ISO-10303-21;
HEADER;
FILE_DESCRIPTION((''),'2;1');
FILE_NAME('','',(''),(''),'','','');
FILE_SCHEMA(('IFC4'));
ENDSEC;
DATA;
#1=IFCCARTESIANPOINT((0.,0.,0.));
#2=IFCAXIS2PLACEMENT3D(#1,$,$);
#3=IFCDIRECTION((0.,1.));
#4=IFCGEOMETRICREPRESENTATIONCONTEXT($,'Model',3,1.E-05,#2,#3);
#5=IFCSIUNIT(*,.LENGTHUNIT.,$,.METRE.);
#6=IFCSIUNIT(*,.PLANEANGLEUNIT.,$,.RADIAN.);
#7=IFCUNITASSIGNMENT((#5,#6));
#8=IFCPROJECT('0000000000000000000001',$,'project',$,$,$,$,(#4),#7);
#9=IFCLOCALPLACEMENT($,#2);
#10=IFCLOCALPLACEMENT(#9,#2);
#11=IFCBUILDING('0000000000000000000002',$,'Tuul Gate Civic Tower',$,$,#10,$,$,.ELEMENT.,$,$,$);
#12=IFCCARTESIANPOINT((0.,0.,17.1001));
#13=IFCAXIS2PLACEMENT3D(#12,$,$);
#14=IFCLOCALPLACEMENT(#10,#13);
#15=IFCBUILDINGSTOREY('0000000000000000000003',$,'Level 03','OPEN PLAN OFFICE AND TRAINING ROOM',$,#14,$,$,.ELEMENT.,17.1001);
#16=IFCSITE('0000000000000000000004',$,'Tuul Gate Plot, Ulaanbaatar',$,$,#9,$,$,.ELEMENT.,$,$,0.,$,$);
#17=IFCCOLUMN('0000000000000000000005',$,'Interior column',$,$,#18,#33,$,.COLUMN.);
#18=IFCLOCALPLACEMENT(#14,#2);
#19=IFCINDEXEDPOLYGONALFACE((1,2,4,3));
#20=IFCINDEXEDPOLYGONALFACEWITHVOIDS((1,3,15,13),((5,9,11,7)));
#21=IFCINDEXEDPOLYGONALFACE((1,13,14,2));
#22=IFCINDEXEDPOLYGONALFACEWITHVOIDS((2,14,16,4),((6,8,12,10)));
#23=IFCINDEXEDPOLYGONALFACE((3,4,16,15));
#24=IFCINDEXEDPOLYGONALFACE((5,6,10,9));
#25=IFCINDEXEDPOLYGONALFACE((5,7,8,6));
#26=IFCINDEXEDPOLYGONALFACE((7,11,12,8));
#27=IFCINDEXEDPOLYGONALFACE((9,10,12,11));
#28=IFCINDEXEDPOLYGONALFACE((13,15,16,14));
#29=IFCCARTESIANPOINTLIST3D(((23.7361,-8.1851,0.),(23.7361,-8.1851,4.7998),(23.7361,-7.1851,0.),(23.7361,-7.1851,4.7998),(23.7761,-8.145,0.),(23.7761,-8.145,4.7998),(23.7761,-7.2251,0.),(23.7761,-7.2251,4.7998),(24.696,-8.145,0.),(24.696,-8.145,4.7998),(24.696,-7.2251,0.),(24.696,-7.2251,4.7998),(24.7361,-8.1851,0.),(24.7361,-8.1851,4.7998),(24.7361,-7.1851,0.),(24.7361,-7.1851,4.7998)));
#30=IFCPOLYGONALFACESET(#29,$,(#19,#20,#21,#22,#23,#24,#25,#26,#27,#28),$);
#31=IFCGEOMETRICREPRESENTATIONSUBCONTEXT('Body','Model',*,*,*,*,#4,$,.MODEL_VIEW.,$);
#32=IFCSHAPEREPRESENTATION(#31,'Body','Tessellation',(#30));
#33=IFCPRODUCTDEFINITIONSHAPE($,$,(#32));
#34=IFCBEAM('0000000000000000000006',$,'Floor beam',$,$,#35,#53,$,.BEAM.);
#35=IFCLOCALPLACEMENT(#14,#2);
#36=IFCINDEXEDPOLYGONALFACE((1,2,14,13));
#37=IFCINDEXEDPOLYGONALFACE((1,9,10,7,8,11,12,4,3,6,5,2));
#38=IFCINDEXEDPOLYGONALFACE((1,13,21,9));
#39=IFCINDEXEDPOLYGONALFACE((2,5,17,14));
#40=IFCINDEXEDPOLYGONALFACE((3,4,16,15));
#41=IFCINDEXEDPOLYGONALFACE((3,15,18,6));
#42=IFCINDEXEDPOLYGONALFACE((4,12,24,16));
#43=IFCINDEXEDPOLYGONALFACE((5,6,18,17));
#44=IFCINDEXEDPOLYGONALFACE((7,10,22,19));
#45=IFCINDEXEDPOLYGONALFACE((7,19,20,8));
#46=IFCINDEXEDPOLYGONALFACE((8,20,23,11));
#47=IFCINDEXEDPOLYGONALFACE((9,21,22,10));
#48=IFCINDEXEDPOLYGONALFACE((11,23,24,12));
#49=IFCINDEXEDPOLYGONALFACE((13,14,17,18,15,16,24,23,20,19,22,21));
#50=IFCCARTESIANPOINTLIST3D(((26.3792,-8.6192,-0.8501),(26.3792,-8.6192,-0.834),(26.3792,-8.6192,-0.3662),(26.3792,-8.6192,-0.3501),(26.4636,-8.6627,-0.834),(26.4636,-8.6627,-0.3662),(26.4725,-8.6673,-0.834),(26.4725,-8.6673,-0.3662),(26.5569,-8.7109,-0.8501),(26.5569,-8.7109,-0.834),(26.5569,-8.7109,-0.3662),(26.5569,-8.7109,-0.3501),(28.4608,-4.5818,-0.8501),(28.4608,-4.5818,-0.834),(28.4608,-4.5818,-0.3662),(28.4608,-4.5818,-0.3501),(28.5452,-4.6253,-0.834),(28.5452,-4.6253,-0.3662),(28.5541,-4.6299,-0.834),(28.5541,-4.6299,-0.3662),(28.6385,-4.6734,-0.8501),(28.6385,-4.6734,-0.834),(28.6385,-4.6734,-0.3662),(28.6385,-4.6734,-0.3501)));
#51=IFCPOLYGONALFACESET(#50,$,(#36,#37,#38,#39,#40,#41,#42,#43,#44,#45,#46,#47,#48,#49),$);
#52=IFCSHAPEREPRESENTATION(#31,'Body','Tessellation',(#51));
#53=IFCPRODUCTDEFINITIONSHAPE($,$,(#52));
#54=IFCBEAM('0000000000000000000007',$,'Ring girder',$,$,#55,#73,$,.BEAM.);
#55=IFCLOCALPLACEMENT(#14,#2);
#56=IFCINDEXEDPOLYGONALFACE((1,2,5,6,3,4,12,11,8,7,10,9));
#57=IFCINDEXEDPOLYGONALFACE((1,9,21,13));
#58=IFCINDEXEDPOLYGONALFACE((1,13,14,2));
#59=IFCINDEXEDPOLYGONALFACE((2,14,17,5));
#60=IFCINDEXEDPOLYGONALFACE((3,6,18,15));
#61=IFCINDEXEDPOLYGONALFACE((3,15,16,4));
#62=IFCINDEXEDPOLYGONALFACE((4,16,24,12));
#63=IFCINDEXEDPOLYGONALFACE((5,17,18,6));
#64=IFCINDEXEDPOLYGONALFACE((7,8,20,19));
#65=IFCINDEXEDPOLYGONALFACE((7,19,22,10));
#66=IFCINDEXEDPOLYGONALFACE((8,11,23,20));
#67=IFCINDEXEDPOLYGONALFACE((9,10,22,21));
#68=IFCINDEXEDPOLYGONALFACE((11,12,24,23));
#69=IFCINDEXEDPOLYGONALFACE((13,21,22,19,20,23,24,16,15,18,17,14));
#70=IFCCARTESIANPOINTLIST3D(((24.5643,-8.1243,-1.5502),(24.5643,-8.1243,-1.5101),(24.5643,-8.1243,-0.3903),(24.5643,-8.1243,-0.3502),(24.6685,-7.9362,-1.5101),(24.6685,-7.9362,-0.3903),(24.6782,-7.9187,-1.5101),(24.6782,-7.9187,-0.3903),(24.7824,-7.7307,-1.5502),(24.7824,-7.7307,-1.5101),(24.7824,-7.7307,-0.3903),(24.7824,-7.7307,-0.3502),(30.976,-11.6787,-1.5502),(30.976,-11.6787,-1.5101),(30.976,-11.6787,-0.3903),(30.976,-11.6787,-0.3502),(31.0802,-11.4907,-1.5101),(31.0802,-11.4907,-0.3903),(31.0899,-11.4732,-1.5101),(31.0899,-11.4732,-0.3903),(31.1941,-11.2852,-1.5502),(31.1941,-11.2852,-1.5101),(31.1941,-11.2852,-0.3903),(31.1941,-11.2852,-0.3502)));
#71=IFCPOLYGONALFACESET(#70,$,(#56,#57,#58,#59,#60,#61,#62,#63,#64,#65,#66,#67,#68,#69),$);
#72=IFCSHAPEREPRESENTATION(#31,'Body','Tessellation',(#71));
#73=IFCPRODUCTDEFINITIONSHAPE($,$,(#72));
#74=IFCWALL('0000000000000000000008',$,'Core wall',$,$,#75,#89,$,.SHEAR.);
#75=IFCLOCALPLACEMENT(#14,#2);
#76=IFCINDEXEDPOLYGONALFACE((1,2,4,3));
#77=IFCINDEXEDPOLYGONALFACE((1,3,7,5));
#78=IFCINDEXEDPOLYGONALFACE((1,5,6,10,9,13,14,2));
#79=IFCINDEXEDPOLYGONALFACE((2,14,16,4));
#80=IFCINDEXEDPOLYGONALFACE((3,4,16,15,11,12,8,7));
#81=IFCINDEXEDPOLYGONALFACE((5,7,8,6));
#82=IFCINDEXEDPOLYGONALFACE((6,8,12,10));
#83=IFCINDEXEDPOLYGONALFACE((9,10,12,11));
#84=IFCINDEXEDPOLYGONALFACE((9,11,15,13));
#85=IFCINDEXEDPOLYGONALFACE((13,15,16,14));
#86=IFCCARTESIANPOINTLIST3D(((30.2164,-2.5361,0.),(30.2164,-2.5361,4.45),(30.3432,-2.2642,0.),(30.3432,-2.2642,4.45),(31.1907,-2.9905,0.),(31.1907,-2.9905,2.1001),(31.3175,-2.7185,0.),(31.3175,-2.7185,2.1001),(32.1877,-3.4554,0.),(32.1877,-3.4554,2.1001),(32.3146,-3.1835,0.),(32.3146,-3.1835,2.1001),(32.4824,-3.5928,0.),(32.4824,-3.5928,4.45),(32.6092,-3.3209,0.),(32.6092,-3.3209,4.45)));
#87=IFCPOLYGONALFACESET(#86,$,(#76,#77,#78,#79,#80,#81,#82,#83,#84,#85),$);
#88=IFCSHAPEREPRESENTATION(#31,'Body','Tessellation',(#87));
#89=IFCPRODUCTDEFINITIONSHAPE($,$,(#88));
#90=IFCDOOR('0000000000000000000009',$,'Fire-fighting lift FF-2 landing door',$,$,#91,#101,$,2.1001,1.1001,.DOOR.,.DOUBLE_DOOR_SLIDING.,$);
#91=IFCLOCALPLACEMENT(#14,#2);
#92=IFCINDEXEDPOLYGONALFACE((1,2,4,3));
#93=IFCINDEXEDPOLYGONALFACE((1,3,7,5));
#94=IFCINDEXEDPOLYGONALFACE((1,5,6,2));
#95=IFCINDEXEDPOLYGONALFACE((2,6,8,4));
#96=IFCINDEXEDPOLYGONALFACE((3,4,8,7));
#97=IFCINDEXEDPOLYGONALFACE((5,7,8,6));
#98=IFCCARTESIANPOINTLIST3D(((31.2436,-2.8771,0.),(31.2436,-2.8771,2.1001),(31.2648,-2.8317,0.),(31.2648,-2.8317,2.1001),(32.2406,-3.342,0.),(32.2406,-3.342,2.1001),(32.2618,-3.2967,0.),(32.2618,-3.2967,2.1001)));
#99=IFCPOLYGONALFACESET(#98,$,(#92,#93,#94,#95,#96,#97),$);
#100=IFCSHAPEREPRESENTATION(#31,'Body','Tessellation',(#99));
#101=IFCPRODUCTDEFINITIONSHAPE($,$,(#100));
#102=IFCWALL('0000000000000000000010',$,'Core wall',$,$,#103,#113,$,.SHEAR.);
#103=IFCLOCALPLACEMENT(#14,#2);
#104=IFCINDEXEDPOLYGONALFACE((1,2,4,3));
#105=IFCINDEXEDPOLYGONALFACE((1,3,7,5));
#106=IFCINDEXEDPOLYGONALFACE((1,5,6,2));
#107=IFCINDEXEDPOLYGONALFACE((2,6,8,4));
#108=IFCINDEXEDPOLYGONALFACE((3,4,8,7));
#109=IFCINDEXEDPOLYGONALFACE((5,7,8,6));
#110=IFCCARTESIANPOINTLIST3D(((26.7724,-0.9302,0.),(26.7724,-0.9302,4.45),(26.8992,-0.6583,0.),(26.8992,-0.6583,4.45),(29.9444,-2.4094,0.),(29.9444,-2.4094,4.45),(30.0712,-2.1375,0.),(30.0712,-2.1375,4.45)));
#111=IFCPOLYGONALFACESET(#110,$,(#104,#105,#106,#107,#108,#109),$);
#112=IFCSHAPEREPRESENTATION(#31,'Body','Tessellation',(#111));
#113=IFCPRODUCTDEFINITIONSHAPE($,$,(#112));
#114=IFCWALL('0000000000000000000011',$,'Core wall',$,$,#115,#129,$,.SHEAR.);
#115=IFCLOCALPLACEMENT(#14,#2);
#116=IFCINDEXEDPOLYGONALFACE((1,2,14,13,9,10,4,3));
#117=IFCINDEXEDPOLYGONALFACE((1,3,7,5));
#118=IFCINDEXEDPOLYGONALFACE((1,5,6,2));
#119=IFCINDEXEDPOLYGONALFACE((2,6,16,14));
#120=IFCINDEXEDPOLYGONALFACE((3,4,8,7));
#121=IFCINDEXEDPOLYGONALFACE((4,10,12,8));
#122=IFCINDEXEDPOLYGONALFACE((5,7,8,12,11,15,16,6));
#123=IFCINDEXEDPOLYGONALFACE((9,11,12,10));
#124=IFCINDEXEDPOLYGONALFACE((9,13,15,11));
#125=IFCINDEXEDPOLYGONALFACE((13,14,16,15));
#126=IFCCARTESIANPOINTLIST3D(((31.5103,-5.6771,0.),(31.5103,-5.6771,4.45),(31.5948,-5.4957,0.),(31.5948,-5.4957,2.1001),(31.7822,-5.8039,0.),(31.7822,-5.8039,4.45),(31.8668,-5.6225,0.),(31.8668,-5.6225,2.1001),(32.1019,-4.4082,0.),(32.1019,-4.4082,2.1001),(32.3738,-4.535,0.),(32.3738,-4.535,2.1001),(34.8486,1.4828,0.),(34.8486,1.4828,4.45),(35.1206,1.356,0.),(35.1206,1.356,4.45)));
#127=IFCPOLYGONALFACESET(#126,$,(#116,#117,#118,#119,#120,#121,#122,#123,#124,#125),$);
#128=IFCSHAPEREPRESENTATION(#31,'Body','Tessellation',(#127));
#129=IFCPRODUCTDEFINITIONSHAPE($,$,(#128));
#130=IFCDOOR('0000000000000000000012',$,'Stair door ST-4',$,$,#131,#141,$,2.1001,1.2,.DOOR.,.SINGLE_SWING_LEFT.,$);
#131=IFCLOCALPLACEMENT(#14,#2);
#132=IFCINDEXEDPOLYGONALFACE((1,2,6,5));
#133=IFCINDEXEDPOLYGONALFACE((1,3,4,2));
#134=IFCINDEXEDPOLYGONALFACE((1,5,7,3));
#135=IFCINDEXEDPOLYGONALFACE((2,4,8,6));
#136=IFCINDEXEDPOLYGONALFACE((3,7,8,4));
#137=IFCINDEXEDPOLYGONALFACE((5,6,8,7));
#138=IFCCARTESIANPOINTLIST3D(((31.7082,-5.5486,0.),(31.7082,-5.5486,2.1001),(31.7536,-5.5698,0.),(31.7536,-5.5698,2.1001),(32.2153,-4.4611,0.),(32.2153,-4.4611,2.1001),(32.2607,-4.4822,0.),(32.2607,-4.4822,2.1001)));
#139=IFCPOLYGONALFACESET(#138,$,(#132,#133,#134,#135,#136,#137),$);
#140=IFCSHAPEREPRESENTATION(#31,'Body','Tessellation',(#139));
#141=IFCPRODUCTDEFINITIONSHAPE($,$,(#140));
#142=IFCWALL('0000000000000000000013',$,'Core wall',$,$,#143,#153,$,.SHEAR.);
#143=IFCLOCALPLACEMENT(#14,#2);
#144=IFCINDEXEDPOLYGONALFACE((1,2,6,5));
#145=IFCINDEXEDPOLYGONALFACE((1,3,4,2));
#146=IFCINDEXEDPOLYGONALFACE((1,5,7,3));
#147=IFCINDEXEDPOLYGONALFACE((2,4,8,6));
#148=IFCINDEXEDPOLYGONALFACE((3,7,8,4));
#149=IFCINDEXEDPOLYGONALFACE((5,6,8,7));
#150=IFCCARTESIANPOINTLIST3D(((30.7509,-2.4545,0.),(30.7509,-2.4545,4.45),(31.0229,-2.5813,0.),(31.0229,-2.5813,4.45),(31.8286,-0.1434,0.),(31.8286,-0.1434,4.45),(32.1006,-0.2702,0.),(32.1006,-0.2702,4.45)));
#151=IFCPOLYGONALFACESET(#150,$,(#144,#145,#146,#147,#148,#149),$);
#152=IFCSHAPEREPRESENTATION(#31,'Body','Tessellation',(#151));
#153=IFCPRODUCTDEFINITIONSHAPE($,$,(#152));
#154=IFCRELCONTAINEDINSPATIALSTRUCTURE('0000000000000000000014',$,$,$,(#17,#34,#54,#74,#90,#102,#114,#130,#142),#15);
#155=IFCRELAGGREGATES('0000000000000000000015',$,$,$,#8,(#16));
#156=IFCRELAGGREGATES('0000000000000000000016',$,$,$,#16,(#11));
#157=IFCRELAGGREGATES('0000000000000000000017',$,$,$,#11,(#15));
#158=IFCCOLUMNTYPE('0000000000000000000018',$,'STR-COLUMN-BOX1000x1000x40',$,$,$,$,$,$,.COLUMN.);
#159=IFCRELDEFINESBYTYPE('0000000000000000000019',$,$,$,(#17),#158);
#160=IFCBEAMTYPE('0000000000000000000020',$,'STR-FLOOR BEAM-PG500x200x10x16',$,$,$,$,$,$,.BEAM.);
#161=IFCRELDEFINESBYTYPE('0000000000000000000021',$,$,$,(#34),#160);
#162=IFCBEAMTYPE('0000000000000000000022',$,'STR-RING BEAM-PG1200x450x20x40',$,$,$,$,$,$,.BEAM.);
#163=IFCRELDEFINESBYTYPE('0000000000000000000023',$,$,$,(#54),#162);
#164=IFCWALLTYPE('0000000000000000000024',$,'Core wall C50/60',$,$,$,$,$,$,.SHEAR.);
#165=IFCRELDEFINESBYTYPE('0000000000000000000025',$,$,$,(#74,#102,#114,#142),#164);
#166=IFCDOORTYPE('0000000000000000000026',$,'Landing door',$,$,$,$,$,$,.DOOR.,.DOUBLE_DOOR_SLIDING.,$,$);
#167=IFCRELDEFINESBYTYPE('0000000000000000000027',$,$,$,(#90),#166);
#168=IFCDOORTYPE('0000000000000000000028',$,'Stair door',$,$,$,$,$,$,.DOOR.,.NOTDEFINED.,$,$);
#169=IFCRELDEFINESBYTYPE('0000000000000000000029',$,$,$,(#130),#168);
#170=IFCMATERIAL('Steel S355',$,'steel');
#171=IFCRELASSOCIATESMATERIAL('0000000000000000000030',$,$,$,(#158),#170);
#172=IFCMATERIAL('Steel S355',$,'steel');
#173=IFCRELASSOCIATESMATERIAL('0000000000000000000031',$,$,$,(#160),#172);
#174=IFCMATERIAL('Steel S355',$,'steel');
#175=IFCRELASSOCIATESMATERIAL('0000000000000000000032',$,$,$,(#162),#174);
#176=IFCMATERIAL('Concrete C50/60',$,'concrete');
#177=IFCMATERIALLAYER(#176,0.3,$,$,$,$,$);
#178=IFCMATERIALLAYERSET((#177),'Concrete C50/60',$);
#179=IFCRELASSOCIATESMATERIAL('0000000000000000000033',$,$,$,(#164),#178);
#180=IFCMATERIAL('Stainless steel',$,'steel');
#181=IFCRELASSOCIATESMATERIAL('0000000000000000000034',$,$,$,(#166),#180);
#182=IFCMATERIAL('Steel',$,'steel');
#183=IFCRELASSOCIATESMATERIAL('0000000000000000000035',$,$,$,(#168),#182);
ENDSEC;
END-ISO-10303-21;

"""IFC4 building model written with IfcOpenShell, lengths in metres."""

from ifc_helpers import new_model, si_unit, direction, frame, frame_2d, origin, origin_2d, place, context, subcontext, project, spatial, rectangle, hollow_rectangle, i_section, extrude, material, layer, layer_set, material_profile, profile_set, type_object, element, fill, save


model = new_model("IFC4")

# Units and contexts
model_context = context("Model", 3, precision=1e-05, world=origin(), true_north=direction((0.0, 1.0)))
body_context = subcontext(model_context, "Body", "Model", "MODEL_VIEW")
ifc_project = project(units=[si_unit("LENGTHUNIT", "METRE"), si_unit("PLANEANGLEUNIT", "RADIAN")], contexts=[model_context])

# Site, building, storey
site_placement = place(None, origin())
site = spatial("IfcSite", under=ifc_project, at=site_placement, Name="Tuul Gate Plot, Ulaanbaatar", CompositionType="ELEMENT", RefElevation=0.0)
building_placement = place(site_placement, origin())
building = spatial("IfcBuilding", under=site, at=building_placement, Name="Tuul Gate Civic Tower", CompositionType="ELEMENT")
storey_placement = place(building_placement, frame((0.0, 0.0, 17.1001)))
storey = spatial("IfcBuildingStorey", under=building, at=storey_placement, Name="Level 03", Description="OPEN PLAN OFFICE AND TRAINING ROOM", CompositionType="ELEMENT", Elevation=17.1001)

# Column
ifc_material_1 = material(Name="Steel S355", Category="steel")
ifc_material_profile_1 = material_profile(ifc_material_1, hollow_rectangle(XDim=1.0, YDim=1.0, WallThickness=0.04, at=origin_2d()), Name="BOX1000x1000x40")
ifc_profile_set_1 = profile_set([ifc_material_profile_1], Name="Steel S355")
column_type = type_object("IfcColumnType", Name="STR-COLUMN-BOX1000x1000x40", PredefinedType="COLUMN", material=ifc_profile_set_1)
column_placement = place(storey_placement, frame((24.2361, -7.6851, 0.0), z_axis=(0.0, 0.0, 1.0), x_axis=(1.0, 0.0, 0.0)))
element("IfcColumn", 1, at=column_placement, inside=storey, type_object=column_type, Name="Interior column", PredefinedType="COLUMN", context=body_context, shape_type="SweptSolid", body=[
    extrude(hollow_rectangle(XDim=1.0, YDim=1.0, WallThickness=0.04, at=origin_2d()), origin(), (0.0, 0.0, 1.0), 4.7998),
])

# Beams
ifc_material_2 = material(Name="Steel S355", Category="steel")
ifc_material_profile_2 = material_profile(ifc_material_2, i_section(OverallWidth=0.2, OverallDepth=0.5, WebThickness=0.01, FlangeThickness=0.0161, at=origin_2d()), Name="PG500x200x10x16")
ifc_profile_set_2 = profile_set([ifc_material_profile_2], Name="Steel S355")
beam_type_1 = type_object("IfcBeamType", Name="STR-FLOOR BEAM-PG500x200x10x16", PredefinedType="BEAM", material=ifc_profile_set_2)
beam_1_placement = place(storey_placement, frame((26.468, -8.665, -0.6001), z_axis=(0.458251, 0.888823, 0.0), x_axis=(-0.888823, 0.458251, 0.0)))
element("IfcBeam", 2, at=beam_1_placement, inside=storey, type_object=beam_type_1, Name="Floor beam", PredefinedType="BEAM", context=body_context, shape_type="SweptSolid", body=[
    extrude(i_section(OverallWidth=0.2, OverallDepth=0.5, WebThickness=0.01, FlangeThickness=0.0161, at=origin_2d()), origin(), (0.0, 0.0, 1.0), 4.5425),
])
ifc_material_3 = material(Name="Steel S355", Category="steel")
ifc_material_profile_3 = material_profile(ifc_material_3, i_section(OverallWidth=0.45, OverallDepth=1.2, WebThickness=0.02, FlangeThickness=0.04, at=origin_2d()), Name="PG1200x450x20x40")
ifc_profile_set_3 = profile_set([ifc_material_profile_3], Name="Steel S355")
beam_type_2 = type_object("IfcBeamType", Name="STR-RING BEAM-PG1200x450x20x40", PredefinedType="BEAM", material=ifc_profile_set_3)
beam_2_placement = place(storey_placement, frame((24.6733, -7.9275, -0.9502), z_axis=(0.874595, -0.484854, 0.0), x_axis=(0.484854, 0.874595, 0.0)))
element("IfcBeam", 3, at=beam_2_placement, inside=storey, type_object=beam_type_2, Name="Ring girder", PredefinedType="BEAM", context=body_context, shape_type="SweptSolid", body=[
    extrude(i_section(OverallWidth=0.45, OverallDepth=1.2, WebThickness=0.02, FlangeThickness=0.04, at=origin_2d()), origin(), (0.0, 0.0, 1.0), 7.3311),
])

# Wall, opening, door
ifc_material_4 = material(Name="Concrete C50/60", Category="concrete")
ifc_layer_1 = layer(ifc_material_4, 0.3)
ifc_layer_set_1 = layer_set([ifc_layer_1], Name="Concrete C50/60")
wall_type_1 = type_object("IfcWallType", Name="Core wall C50/60", PredefinedType="SHEAR", material=ifc_layer_set_1)
wall_1_placement = place(storey_placement, frame((32.5457, -3.4568, 0.0), z_axis=(0.0, 0.0, 1.0), x_axis=(-0.9063, 0.422634, 0.0)))
wall_1 = element("IfcWall", 4, at=wall_1_placement, inside=storey, type_object=wall_type_1, Name="Core wall", PredefinedType="SHEAR", context=body_context, shape_type="SweptSolid", body=[
    extrude(rectangle(XDim=2.5002, YDim=0.3, at=frame_2d((1.25, 0.0))), origin(), (0.0, 0.0, 1.0), 4.45),
])
opening_1_placement = place(wall_1_placement, frame((0.325, 0.0, 0.0)))
opening_1 = element("IfcOpeningElement", 5, at=opening_1_placement, cuts=wall_1, PredefinedType="OPENING", context=body_context, shape_type="SweptSolid", body=[
    extrude(rectangle(XDim=1.1001, YDim=2.1001, at=frame_2d((0.55, 1.05))), frame((0.0, 0.1602, 0.0), z_axis=(0.0, -1.0, 0.0), x_axis=(1.0, 0.0, 0.0)), (0.0, 0.0, 1.0), 0.3201),
])
ifc_material_5 = material(Name="Stainless steel", Category="steel")
door_type_1 = type_object("IfcDoorType", Name="Landing door", OperationType="DOUBLE_DOOR_SLIDING", PredefinedType="DOOR", material=ifc_material_5)
door_1_placement = place(opening_1_placement, origin())
door_1 = element("IfcDoor", 6, at=door_1_placement, inside=storey, type_object=door_type_1, Name="Fire-fighting lift FF-2 landing door", OperationType="DOUBLE_DOOR_SLIDING", OverallHeight=2.1001, OverallWidth=1.1001, PredefinedType="DOOR", context=body_context, shape_type="SweptSolid", body=[
    extrude(rectangle(XDim=1.1001, YDim=2.1001, at=frame_2d((0.55, 1.05))), frame((0.0, 0.0249, 0.0), z_axis=(0.0, -1.0, 0.0), x_axis=(1.0, 0.0, 0.0)), (0.0, 0.0, 1.0), 0.05),
])
fill(opening_1, door_1)

# Wall
wall_2_placement = place(storey_placement, frame((30.0078, -2.2734, 0.0), z_axis=(0.0, 0.0, 1.0), x_axis=(-0.906301, 0.422633, 0.0)))
element("IfcWall", 7, at=wall_2_placement, inside=storey, type_object=wall_type_1, Name="Core wall", PredefinedType="SHEAR", context=body_context, shape_type="SweptSolid", body=[
    extrude(rectangle(XDim=3.5, YDim=0.3, at=frame_2d((1.75, 0.0))), origin(), (0.0, 0.0, 1.0), 4.45),
])

# Wall, opening, door
wall_3_placement = place(storey_placement, frame((31.6462, -5.7405, 0.0), z_axis=(0.0, 0.0, 1.0), x_axis=(0.422583, 0.906324, 0.0)))
wall_3 = element("IfcWall", 8, at=wall_3_placement, inside=storey, type_object=wall_type_1, Name="Core wall", PredefinedType="SHEAR", context=body_context, shape_type="SweptSolid", body=[
    extrude(rectangle(XDim=7.8999, YDim=0.3, at=frame_2d((3.95, 0.0))), origin(), (0.0, 0.0, 1.0), 4.45),
])
opening_2_placement = place(wall_3_placement, frame((0.2, 0.0, 0.0)))
opening_2 = element("IfcOpeningElement", 9, at=opening_2_placement, cuts=wall_3, PredefinedType="OPENING", context=body_context, shape_type="SweptSolid", body=[
    extrude(rectangle(XDim=1.2, YDim=2.1001, at=frame_2d((0.6001, 1.05))), frame((0.0, 0.1602, 0.0), z_axis=(0.0, -1.0, 0.0), x_axis=(1.0, 0.0, 0.0)), (0.0, 0.0, 1.0), 0.3201),
])
ifc_material_6 = material(Name="Steel", Category="steel")
door_type_2 = type_object("IfcDoorType", Name="Stair door", OperationType="NOTDEFINED", PredefinedType="DOOR", material=ifc_material_6)
door_2_placement = place(opening_2_placement, origin())
door_2 = element("IfcDoor", 10, at=door_2_placement, inside=storey, type_object=door_type_2, Name="Stair door ST-4", OperationType="SINGLE_SWING_LEFT", OverallHeight=2.1001, OverallWidth=1.2, PredefinedType="DOOR", context=body_context, shape_type="SweptSolid", body=[
    extrude(rectangle(XDim=1.2, YDim=2.1001, at=frame_2d((0.6001, 1.05))), frame((0.0, 0.0249, 0.0), z_axis=(0.0, -1.0, 0.0), x_axis=(1.0, 0.0, 0.0)), (0.0, 0.0, 1.0), 0.05),
])
fill(opening_2, door_2)

# Wall
wall_4_placement = place(storey_placement, frame((30.887, -2.5178, 0.0), z_axis=(0.0, 0.0, 1.0), x_axis=(0.422613, 0.90631, 0.0)))
element("IfcWall", 11, at=wall_4_placement, inside=storey, type_object=wall_type_1, Name="Core wall", PredefinedType="SHEAR", context=body_context, shape_type="SweptSolid", body=[
    extrude(rectangle(XDim=2.55, YDim=0.3, at=frame_2d((1.2749, 0.0))), origin(), (0.0, 0.0, 1.0), 4.45),
])

save(model, "model.ifc")
